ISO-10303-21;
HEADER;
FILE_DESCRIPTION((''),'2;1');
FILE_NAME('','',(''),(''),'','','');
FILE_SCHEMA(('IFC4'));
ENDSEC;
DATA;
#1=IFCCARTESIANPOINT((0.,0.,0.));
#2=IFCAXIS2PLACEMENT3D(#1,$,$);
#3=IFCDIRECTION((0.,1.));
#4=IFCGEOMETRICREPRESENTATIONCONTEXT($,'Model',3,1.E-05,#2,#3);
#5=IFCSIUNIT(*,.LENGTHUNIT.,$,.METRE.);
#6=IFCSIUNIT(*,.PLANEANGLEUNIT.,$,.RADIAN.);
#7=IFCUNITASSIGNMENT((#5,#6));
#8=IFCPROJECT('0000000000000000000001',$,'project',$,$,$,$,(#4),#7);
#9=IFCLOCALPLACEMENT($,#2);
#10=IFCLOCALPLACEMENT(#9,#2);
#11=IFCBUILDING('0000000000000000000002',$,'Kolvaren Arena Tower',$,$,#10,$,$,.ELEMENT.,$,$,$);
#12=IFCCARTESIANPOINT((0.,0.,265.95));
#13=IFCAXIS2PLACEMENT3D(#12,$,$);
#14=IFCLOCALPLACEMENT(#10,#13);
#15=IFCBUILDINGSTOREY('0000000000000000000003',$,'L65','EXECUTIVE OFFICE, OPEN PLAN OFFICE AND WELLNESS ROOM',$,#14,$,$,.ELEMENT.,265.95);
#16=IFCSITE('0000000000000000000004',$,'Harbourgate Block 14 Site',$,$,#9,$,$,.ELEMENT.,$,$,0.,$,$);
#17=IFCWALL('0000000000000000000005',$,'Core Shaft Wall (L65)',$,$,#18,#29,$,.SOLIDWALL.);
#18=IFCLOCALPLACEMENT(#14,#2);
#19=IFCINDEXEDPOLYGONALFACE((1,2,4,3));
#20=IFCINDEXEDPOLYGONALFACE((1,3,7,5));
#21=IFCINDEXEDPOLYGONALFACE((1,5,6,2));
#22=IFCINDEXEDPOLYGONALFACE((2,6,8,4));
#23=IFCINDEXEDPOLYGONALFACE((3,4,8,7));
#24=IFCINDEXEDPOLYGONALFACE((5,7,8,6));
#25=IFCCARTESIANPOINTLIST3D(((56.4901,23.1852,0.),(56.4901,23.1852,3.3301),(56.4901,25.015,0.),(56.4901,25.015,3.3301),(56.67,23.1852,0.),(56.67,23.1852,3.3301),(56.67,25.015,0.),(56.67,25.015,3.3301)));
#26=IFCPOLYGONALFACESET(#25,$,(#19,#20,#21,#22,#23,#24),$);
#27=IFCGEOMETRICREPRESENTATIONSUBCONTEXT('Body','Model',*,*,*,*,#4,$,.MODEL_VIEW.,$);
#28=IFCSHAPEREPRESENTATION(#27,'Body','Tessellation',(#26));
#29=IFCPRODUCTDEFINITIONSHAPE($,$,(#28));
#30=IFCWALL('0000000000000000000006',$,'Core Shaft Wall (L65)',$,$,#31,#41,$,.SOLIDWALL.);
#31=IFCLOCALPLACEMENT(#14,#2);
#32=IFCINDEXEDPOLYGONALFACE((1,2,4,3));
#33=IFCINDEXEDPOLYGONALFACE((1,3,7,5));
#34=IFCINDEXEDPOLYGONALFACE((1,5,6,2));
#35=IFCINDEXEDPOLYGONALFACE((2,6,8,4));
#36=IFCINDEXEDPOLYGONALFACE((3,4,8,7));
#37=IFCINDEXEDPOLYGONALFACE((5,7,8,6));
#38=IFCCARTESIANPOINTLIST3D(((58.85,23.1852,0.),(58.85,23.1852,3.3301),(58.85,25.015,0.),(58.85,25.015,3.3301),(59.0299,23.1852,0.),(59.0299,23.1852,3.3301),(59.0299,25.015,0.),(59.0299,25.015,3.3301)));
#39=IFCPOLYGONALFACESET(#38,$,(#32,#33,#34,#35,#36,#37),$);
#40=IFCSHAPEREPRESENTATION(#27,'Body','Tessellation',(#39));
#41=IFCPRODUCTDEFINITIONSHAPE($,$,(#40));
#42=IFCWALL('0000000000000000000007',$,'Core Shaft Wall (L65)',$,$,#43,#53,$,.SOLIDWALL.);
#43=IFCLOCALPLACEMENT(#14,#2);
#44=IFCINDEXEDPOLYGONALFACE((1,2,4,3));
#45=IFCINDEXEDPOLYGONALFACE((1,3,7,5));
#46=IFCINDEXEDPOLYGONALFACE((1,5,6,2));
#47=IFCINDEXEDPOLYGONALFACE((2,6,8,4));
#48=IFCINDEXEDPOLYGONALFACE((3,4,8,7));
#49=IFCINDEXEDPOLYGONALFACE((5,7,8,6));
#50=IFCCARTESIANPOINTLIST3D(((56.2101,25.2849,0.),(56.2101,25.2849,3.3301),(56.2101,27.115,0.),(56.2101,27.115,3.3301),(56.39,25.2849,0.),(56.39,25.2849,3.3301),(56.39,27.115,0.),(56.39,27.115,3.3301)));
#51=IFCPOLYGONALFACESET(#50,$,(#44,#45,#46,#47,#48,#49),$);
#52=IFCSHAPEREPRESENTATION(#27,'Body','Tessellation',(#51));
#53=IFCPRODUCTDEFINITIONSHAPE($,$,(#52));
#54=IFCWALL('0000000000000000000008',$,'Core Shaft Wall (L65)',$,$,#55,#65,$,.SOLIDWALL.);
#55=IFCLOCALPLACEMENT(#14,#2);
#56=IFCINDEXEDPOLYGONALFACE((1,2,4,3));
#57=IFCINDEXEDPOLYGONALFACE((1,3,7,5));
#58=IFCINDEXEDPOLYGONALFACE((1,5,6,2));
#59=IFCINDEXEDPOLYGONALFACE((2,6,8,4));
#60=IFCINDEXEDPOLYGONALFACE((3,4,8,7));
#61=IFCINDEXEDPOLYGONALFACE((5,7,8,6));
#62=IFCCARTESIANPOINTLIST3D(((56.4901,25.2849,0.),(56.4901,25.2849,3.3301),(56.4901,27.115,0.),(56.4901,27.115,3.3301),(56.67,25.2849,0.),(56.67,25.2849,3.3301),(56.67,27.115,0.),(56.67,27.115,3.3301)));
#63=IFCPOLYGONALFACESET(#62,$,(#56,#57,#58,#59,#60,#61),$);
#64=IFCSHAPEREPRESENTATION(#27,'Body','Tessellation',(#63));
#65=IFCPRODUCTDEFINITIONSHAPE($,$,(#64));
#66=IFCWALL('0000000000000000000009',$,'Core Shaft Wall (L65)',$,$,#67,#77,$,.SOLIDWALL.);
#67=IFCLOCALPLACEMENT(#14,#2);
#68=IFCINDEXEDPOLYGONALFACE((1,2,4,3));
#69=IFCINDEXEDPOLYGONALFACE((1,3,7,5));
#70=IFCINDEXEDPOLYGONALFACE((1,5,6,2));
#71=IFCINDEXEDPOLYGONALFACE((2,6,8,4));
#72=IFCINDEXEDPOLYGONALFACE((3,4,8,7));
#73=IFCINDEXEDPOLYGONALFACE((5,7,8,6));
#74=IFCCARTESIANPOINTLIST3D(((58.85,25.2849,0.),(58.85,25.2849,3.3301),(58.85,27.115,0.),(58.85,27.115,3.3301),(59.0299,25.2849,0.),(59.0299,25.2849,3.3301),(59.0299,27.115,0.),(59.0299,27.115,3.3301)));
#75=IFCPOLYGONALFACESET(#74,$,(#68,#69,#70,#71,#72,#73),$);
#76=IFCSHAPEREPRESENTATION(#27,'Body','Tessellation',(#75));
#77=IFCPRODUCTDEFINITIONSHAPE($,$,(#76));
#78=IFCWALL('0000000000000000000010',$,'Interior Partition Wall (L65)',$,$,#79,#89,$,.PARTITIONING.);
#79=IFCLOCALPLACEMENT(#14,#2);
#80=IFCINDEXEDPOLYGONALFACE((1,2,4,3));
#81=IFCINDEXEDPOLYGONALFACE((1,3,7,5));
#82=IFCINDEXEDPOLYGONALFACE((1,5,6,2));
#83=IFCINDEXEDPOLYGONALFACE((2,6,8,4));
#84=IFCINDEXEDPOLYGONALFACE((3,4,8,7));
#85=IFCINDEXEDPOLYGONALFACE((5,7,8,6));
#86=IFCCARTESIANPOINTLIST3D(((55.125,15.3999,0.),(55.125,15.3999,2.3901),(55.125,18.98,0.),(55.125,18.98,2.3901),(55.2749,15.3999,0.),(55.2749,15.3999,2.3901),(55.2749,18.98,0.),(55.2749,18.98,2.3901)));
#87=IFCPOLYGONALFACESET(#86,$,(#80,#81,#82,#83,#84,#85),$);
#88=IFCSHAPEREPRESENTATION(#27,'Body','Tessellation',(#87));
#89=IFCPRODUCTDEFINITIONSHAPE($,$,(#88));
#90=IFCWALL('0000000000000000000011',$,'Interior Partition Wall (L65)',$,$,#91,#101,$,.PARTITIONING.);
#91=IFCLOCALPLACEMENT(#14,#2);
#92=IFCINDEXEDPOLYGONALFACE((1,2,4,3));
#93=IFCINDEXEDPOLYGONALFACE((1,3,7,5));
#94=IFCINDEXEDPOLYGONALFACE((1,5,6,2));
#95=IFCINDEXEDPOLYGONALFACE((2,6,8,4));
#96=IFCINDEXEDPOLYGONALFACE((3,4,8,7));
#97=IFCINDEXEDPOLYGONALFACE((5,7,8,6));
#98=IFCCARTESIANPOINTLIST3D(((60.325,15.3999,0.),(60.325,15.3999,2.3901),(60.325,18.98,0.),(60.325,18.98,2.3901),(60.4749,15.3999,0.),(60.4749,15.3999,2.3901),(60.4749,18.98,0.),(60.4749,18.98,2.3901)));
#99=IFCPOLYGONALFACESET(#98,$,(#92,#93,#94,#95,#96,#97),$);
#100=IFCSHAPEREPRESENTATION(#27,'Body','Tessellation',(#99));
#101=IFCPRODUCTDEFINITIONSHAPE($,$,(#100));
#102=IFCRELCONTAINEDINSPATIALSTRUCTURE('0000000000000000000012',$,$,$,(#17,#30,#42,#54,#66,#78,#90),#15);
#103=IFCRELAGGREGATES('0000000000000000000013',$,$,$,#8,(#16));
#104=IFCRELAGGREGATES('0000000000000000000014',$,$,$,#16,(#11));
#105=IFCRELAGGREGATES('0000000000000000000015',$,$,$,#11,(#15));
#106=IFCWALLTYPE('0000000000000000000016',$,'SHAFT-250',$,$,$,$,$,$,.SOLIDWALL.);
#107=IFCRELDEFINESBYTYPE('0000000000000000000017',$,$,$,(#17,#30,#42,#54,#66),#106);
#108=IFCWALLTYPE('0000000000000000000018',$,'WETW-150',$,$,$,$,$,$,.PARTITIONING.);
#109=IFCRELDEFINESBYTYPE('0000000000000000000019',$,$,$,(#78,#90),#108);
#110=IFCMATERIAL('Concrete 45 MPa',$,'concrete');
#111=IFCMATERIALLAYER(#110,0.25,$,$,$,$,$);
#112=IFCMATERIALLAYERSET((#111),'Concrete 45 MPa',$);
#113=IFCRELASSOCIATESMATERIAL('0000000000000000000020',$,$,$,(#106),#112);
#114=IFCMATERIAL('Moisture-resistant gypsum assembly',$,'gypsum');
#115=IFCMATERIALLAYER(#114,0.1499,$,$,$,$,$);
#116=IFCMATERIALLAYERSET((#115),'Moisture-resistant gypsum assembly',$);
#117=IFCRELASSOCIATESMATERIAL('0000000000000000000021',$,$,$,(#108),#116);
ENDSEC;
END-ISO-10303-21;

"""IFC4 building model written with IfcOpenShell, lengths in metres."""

from ifc_helpers import new_model, si_unit, direction, frame, frame_2d, origin, place, context, subcontext, project, spatial, rectangle, extrude, material, layer, layer_set, type_object, element, save


model = new_model("IFC4")

# Units and contexts
model_context = context("Model", 3, precision=1e-05, world=origin(), true_north=direction((0.0, 1.0)))
body_context = subcontext(model_context, "Body", "Model", "MODEL_VIEW")
ifc_project = project(units=[si_unit("LENGTHUNIT", "METRE"), si_unit("PLANEANGLEUNIT", "RADIAN")], contexts=[model_context])

# Site, building, storey
site_placement = place(None, origin())
site = spatial("IfcSite", under=ifc_project, at=site_placement, Name="Harbourgate Block 14 Site", CompositionType="ELEMENT", RefElevation=0.0)
building_placement = place(site_placement, origin())
building = spatial("IfcBuilding", under=site, at=building_placement, Name="Kolvaren Arena Tower", CompositionType="ELEMENT")
storey_placement = place(building_placement, frame((0.0, 0.0, 265.95)))
storey = spatial("IfcBuildingStorey", under=building, at=storey_placement, Name="L65", Description="EXECUTIVE OFFICE, OPEN PLAN OFFICE AND WELLNESS ROOM", CompositionType="ELEMENT", Elevation=265.95)

# Shared definitions
ifc_material_1 = material(Name="Concrete 45 MPa", Category="concrete")
ifc_layer_1 = layer(ifc_material_1, 0.25)
ifc_layer_set_1 = layer_set([ifc_layer_1], Name="Concrete 45 MPa")
wall_type_1 = type_object("IfcWallType", Name="SHAFT-250", PredefinedType="SOLIDWALL", material=ifc_layer_set_1)

# Walls
for number, where, z_axis, x_axis, name in (
    (1, (56.5801, 23.1851, 0.0), (0.0, 0.0, 1.0), (0.0, 1.0, 0.0), "Core Shaft Wall (L65)"),
    (2, (58.9399, 23.1851, 0.0), (0.0, 0.0, 1.0), (0.0, 1.0, 0.0), "Core Shaft Wall (L65)"),
):
    element("IfcWall", number, at=place(storey_placement, frame(where, z_axis=z_axis, x_axis=x_axis)), inside=storey, type_object=wall_type_1, Name=name, PredefinedType="SOLIDWALL", context=body_context, shape_type="SweptSolid", body=[
        extrude(rectangle(XDim=1.8298, YDim=0.1799, at=frame_2d((0.915, 0.0))), origin(), (0.0, 0.0, 1.0), 3.3301),
    ])
for number, where, z_axis, x_axis, name in (
    (3, (56.3, 25.2849, 0.0), (0.0, 0.0, 1.0), (0.0, 1.0, 0.0), "Core Shaft Wall (L65)"),
    (4, (56.5801, 25.2849, 0.0), (0.0, 0.0, 1.0), (0.0, 1.0, 0.0), "Core Shaft Wall (L65)"),
    (5, (58.9399, 25.2849, 0.0), (0.0, 0.0, 1.0), (0.0, 1.0, 0.0), "Core Shaft Wall (L65)"),
):
    element("IfcWall", number, at=place(storey_placement, frame(where, z_axis=z_axis, x_axis=x_axis)), inside=storey, type_object=wall_type_1, Name=name, PredefinedType="SOLIDWALL", context=body_context, shape_type="SweptSolid", body=[
        extrude(rectangle(XDim=1.8301, YDim=0.1799, at=frame_2d((0.915, 0.0))), origin(), (0.0, 0.0, 1.0), 3.3301),
    ])
ifc_material_2 = material(Name="Moisture-resistant gypsum assembly", Category="gypsum")
ifc_layer_2 = layer(ifc_material_2, 0.1499)
ifc_layer_set_2 = layer_set([ifc_layer_2], Name="Moisture-resistant gypsum assembly")
wall_type_2 = type_object("IfcWallType", Name="WETW-150", PredefinedType="PARTITIONING", material=ifc_layer_set_2)
for number, where, z_axis, x_axis, name in (
    (6, (55.2, 15.3999, 0.0), (0.0, 0.0, 1.0), (0.0, 1.0, 0.0), "Interior Partition Wall (L65)"),
    (7, (60.3999, 15.3999, 0.0), (0.0, 0.0, 1.0), (0.0, 1.0, 0.0), "Interior Partition Wall (L65)"),
):
    element("IfcWall", number, at=place(storey_placement, frame(where, z_axis=z_axis, x_axis=x_axis)), inside=storey, type_object=wall_type_2, Name=name, PredefinedType="PARTITIONING", context=body_context, shape_type="SweptSolid", body=[
        extrude(rectangle(XDim=3.5801, YDim=0.1499, at=frame_2d((1.79, 0.0))), origin(), (0.0, 0.0, 1.0), 2.3901),
    ])

save(model, "model.ifc")
